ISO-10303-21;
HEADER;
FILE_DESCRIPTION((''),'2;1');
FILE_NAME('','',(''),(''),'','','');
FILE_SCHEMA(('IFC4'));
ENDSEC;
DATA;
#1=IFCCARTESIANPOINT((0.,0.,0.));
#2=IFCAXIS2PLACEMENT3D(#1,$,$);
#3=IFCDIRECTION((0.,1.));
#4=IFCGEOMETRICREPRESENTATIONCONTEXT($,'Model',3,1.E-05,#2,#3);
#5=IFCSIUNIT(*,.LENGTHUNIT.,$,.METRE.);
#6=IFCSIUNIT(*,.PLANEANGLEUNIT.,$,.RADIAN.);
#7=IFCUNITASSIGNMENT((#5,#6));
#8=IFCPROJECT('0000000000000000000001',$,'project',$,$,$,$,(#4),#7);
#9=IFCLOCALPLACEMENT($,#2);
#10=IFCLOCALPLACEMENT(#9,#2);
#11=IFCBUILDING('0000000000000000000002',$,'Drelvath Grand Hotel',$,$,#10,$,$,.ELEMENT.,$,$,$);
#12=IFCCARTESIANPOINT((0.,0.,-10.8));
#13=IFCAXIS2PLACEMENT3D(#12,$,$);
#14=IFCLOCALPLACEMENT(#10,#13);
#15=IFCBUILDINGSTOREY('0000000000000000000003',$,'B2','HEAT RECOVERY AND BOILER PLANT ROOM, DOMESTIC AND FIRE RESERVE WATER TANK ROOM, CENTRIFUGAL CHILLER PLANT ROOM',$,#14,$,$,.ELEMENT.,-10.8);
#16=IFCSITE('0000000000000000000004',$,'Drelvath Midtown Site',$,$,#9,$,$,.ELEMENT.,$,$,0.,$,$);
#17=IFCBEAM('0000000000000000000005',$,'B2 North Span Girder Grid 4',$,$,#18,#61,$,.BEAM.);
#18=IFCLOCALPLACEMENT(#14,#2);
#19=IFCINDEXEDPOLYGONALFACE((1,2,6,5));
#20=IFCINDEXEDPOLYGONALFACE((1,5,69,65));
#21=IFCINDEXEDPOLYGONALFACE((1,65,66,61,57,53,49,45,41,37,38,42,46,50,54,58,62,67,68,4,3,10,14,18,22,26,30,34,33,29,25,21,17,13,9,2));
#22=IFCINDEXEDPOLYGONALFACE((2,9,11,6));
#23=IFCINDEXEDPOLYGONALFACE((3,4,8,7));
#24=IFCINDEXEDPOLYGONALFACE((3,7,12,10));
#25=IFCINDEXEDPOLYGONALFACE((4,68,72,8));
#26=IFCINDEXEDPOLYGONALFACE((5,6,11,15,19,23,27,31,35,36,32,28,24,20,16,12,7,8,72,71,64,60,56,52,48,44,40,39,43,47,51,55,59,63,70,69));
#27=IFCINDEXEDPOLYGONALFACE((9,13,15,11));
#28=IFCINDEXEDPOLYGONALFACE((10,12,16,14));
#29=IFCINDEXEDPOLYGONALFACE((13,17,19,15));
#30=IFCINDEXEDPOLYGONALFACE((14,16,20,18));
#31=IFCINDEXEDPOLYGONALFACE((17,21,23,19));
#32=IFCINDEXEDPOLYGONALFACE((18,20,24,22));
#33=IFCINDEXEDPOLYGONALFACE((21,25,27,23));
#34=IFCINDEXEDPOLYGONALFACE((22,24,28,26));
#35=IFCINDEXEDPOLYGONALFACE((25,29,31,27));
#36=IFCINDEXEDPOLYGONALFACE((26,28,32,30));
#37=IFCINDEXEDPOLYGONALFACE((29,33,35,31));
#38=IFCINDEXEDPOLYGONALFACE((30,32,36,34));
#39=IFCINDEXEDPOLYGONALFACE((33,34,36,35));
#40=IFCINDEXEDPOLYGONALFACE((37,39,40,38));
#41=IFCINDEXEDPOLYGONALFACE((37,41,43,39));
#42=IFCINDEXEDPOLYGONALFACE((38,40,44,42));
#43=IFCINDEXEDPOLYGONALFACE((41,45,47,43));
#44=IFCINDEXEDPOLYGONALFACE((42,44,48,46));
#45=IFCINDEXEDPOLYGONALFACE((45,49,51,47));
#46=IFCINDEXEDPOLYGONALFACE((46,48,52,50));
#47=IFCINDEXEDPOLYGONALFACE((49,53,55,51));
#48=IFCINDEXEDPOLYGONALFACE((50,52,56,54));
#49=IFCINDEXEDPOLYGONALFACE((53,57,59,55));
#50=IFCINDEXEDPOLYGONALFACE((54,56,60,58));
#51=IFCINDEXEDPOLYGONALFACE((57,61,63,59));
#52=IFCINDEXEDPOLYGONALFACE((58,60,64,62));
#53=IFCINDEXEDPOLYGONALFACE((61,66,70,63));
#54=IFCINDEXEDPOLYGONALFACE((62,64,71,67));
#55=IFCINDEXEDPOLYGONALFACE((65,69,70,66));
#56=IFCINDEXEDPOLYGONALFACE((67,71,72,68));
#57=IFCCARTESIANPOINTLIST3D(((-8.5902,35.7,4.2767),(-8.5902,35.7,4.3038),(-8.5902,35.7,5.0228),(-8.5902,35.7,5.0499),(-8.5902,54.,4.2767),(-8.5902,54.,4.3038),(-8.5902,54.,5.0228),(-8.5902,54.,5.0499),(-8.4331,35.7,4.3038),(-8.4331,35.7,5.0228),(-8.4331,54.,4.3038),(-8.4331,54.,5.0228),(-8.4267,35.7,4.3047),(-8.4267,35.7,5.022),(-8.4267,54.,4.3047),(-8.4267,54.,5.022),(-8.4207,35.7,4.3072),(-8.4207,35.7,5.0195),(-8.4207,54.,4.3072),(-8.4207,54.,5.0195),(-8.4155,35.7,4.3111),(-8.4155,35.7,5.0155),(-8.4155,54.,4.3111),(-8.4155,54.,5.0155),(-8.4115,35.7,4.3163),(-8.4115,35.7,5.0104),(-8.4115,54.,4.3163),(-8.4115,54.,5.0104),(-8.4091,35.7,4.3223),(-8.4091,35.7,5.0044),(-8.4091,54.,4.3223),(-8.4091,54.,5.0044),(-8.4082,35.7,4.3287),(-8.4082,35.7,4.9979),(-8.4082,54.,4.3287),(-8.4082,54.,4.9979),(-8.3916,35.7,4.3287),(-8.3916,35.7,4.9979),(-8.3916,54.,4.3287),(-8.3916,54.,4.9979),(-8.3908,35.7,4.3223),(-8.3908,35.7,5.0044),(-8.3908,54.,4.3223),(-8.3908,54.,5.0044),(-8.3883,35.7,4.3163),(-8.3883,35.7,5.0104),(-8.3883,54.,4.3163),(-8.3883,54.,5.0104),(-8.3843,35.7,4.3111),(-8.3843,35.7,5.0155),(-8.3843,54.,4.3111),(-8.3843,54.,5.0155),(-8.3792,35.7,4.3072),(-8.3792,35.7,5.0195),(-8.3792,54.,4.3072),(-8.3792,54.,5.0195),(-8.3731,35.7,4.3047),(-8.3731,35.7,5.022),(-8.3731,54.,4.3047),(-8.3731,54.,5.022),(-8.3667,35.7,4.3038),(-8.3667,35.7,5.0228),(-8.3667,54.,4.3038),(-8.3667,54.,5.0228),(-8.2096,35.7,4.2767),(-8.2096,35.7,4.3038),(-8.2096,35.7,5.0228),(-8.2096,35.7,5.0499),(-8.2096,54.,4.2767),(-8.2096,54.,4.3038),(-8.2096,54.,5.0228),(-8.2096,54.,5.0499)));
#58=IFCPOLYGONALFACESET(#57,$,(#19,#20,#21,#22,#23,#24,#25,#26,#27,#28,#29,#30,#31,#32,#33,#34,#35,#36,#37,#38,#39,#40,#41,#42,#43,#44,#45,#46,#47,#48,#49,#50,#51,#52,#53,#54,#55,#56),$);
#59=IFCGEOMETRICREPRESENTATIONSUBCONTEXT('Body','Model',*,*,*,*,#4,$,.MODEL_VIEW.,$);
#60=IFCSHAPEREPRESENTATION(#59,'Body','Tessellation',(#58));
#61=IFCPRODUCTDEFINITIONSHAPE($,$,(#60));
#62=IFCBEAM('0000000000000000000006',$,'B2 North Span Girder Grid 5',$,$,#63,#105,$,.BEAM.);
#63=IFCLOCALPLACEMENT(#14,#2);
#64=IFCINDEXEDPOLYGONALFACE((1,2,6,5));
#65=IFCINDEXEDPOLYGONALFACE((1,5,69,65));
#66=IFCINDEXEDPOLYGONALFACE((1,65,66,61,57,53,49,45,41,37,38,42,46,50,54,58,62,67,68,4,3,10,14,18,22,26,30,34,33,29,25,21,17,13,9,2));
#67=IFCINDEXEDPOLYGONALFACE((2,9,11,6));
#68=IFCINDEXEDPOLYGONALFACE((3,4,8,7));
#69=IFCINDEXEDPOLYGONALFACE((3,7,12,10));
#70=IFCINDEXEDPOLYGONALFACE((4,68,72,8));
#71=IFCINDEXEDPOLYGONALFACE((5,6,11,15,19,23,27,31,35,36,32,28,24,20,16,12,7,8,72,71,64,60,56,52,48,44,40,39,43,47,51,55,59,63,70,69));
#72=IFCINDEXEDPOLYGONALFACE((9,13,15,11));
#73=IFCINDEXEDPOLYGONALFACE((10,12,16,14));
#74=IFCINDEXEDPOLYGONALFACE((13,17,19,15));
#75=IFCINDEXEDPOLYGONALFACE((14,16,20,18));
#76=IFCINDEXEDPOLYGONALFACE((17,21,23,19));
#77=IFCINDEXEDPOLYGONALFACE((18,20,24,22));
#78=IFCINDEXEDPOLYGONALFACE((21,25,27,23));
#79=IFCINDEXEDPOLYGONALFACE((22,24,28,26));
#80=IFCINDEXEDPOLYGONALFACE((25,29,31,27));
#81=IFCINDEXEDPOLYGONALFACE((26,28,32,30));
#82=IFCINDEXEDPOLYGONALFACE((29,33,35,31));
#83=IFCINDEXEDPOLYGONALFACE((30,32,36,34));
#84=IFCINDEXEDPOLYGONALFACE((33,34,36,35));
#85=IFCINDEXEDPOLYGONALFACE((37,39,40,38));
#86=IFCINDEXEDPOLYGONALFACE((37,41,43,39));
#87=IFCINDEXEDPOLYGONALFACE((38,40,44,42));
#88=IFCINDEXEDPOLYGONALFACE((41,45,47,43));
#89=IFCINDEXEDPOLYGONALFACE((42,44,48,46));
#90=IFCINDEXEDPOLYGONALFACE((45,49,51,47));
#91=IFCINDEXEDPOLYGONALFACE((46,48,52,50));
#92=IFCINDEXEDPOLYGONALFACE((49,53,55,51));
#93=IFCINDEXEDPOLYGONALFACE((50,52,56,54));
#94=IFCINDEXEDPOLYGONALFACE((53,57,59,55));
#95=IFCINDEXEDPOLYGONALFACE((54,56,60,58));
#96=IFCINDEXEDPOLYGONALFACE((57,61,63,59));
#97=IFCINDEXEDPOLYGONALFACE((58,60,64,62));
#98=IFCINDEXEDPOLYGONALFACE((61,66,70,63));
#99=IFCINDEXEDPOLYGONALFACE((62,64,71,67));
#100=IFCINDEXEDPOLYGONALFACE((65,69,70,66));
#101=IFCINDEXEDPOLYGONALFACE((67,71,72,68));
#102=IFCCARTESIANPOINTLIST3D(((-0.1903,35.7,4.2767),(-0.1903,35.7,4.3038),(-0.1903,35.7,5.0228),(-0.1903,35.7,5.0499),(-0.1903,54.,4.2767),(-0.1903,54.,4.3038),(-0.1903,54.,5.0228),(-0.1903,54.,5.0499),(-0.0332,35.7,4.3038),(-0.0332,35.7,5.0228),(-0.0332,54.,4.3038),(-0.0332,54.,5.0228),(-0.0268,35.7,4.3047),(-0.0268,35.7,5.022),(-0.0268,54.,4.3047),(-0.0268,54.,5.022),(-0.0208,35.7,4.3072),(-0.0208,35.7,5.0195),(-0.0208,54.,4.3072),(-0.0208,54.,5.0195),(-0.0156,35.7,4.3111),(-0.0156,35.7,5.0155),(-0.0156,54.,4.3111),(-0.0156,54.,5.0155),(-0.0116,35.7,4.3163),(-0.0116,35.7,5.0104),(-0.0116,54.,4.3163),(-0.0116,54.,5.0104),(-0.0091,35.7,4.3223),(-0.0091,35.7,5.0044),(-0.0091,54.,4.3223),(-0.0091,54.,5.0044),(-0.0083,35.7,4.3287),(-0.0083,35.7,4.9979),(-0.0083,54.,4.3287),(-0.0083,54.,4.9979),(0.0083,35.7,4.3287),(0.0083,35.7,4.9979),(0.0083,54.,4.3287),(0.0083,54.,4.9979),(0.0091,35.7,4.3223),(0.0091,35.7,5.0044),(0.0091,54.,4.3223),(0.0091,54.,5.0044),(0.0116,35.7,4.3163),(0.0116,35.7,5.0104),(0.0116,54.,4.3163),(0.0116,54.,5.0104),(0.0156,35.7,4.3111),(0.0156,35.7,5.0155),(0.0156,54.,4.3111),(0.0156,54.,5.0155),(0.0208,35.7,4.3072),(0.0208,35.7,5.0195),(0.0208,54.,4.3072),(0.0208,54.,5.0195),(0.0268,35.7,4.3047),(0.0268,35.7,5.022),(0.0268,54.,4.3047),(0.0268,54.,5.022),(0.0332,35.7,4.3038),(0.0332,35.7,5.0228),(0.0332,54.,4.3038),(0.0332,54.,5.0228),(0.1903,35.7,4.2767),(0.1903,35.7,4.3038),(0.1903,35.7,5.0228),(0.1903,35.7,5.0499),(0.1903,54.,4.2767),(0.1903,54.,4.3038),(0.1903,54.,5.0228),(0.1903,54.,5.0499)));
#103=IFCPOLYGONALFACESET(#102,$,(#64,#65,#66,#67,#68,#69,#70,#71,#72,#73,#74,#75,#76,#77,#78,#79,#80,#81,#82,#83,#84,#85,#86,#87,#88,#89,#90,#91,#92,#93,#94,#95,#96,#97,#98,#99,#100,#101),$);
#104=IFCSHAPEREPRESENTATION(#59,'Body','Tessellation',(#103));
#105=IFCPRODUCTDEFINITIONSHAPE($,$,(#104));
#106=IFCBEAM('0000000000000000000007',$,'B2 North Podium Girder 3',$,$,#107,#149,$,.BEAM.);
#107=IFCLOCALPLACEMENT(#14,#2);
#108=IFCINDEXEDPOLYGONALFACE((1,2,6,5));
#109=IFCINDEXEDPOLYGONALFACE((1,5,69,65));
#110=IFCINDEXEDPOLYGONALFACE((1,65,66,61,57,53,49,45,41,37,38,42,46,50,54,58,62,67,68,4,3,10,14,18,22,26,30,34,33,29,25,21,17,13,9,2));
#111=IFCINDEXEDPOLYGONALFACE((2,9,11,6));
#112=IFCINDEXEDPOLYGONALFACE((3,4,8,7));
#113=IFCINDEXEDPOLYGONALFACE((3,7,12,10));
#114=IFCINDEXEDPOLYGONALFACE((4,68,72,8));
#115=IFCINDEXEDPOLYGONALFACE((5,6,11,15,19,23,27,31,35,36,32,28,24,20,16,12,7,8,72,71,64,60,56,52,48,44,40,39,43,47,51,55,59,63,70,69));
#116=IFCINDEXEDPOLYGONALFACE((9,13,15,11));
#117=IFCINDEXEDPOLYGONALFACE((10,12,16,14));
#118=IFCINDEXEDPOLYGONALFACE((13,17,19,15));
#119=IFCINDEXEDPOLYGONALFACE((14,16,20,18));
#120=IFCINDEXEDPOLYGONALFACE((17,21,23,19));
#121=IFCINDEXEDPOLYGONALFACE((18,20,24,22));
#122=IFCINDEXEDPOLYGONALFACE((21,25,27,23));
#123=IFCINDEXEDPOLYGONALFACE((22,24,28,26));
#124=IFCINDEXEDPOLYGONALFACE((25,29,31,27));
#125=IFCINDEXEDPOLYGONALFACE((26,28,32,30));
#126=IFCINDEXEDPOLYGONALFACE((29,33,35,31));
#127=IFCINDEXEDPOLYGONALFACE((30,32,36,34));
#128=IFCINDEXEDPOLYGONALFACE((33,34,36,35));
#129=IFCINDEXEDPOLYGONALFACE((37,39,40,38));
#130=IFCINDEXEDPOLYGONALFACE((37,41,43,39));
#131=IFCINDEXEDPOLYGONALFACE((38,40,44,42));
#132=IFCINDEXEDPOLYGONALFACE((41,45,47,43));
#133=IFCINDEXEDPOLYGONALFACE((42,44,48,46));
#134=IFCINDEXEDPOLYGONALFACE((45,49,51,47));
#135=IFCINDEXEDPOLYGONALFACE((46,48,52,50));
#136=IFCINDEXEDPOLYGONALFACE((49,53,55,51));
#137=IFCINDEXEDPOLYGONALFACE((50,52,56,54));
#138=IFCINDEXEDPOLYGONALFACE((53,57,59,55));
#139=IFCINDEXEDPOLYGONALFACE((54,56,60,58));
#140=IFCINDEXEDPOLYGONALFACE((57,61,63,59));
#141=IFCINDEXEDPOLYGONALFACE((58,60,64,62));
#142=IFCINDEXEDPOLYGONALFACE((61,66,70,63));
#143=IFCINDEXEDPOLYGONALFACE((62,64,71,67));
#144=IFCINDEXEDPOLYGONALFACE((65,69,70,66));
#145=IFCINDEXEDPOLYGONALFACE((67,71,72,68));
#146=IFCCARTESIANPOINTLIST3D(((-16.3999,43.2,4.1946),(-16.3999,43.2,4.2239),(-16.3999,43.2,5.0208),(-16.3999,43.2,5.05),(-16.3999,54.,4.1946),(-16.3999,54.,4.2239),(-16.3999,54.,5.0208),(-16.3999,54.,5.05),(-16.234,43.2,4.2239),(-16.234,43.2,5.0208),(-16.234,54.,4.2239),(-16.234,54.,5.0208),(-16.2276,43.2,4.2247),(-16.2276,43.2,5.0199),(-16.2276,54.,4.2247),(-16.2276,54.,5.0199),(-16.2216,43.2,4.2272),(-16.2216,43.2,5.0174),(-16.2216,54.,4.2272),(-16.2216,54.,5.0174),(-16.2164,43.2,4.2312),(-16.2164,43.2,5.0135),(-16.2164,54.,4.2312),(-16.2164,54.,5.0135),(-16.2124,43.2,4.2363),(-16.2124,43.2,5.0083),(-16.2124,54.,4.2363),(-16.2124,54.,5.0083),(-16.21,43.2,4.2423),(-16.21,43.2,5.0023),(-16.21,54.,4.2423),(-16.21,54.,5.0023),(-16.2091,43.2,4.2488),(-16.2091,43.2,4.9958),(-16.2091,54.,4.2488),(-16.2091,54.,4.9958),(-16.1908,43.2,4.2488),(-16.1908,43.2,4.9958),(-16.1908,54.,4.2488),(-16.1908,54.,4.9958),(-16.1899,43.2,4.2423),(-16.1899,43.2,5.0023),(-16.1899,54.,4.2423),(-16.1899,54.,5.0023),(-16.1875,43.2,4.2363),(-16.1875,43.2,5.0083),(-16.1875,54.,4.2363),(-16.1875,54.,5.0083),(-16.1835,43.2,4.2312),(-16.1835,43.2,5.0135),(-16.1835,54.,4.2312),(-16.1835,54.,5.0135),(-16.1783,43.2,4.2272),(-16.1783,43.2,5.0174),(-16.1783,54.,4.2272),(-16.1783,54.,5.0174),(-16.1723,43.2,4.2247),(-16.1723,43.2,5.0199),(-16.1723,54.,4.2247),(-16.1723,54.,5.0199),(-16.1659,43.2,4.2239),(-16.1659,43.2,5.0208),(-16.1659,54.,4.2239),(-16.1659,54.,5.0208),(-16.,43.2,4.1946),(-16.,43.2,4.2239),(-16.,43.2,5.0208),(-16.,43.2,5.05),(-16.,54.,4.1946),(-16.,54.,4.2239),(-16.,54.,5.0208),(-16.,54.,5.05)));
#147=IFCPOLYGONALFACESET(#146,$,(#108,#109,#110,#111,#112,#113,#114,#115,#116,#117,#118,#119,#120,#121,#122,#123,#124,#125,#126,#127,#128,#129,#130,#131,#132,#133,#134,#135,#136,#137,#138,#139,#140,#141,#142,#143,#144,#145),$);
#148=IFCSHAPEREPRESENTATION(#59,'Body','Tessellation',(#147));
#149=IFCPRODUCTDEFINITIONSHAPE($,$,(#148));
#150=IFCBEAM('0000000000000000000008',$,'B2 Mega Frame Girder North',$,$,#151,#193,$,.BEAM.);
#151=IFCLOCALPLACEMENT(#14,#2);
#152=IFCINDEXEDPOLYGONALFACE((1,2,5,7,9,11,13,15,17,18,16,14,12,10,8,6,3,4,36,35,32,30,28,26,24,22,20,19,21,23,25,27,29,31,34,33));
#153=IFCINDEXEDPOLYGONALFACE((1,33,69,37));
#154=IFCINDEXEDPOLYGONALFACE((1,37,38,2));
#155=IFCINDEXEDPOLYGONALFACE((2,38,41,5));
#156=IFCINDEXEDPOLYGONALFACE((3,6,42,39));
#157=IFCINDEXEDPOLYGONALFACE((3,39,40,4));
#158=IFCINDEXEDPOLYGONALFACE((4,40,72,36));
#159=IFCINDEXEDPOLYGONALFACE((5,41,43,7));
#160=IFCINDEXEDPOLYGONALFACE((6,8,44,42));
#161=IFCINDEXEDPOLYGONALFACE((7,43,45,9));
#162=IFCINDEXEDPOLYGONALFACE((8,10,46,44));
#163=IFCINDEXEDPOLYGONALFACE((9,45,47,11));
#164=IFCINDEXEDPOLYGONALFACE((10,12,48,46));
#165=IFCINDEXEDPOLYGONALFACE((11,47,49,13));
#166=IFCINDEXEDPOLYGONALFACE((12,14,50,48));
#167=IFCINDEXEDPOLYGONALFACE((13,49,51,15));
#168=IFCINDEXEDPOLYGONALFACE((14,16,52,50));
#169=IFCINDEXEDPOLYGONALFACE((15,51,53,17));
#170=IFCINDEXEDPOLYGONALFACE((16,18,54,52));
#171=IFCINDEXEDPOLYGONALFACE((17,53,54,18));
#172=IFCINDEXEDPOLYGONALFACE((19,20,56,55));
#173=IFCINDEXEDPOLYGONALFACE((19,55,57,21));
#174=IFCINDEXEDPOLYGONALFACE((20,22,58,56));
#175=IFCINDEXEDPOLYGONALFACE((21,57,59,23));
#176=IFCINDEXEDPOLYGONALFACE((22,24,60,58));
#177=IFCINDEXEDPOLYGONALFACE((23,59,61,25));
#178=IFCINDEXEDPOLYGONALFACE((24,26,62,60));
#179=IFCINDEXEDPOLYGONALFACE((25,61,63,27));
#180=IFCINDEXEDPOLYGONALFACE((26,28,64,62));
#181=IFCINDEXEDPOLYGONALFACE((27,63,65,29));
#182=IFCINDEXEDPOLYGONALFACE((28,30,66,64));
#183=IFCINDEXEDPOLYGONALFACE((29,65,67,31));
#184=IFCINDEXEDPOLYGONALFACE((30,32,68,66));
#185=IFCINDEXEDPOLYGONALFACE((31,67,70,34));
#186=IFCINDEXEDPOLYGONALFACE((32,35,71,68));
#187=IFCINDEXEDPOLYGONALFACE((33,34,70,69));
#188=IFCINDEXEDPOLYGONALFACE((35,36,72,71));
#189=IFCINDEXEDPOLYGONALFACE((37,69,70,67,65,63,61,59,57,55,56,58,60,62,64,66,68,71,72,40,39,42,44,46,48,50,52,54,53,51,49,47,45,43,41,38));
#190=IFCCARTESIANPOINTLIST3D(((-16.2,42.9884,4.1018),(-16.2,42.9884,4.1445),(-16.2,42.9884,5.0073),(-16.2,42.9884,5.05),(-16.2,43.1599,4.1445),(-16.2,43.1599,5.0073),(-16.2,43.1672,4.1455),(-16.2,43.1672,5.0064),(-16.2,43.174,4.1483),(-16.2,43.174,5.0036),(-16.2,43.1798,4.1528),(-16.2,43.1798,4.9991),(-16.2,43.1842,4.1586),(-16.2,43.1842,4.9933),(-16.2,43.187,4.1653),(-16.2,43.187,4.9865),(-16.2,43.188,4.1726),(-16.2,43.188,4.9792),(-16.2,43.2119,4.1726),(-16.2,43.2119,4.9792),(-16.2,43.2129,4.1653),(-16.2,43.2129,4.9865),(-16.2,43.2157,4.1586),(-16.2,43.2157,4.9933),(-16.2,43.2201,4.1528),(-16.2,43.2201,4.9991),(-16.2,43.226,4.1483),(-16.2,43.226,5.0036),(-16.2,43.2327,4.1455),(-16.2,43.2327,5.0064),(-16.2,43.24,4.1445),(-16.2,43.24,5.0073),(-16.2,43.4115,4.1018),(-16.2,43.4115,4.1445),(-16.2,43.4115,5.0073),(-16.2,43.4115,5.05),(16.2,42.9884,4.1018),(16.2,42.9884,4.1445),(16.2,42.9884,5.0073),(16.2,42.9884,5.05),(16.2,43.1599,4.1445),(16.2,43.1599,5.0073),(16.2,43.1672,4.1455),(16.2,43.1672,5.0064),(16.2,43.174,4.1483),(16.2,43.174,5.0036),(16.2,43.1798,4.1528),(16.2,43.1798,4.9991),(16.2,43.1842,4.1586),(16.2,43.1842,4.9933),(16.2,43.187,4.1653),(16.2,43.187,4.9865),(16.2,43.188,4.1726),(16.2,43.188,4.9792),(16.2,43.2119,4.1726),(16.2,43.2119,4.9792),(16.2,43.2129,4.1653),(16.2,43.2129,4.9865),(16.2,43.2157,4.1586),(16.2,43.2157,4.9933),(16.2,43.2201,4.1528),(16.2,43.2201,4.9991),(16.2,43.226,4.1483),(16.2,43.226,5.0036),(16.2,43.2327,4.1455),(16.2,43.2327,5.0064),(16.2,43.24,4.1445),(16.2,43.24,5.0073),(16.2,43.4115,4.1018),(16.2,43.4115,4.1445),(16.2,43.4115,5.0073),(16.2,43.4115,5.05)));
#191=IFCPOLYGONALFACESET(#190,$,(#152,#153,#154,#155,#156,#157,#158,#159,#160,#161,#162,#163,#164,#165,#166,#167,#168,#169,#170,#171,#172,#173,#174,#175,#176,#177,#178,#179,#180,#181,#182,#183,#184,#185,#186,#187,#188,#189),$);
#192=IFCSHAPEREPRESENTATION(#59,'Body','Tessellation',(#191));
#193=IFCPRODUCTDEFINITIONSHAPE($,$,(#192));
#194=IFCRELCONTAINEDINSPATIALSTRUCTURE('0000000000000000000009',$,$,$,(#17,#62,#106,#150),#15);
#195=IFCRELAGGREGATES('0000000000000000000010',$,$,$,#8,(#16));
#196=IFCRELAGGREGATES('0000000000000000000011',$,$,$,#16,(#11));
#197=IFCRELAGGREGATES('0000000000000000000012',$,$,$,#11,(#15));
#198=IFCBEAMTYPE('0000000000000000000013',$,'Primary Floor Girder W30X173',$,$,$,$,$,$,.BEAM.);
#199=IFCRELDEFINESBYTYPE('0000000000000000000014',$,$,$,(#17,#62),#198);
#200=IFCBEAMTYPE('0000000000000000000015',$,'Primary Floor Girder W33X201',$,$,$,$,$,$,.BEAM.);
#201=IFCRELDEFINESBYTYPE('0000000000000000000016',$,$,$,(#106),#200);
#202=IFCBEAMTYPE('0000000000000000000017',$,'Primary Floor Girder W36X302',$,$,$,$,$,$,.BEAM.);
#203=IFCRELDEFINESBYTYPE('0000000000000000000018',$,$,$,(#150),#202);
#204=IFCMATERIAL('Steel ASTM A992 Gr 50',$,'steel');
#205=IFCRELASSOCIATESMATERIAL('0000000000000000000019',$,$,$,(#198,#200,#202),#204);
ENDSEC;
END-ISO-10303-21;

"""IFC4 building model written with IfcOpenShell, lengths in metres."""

from ifc_helpers import new_model, si_unit, direction, frame, origin, origin_2d, place, context, subcontext, project, spatial, i_section, extrude, material, material_profile, profile_set, type_object, element, save


model = new_model("IFC4")

# Units and contexts
model_context = context("Model", 3, precision=1e-05, world=origin(), true_north=direction((0.0, 1.0)))
body_context = subcontext(model_context, "Body", "Model", "MODEL_VIEW")
ifc_project = project(units=[si_unit("LENGTHUNIT", "METRE"), si_unit("PLANEANGLEUNIT", "RADIAN")], contexts=[model_context])

# Site, building, storey
site_placement = place(None, origin())
site = spatial("IfcSite", under=ifc_project, at=site_placement, Name="Drelvath Midtown Site", CompositionType="ELEMENT", RefElevation=0.0)
building_placement = place(site_placement, origin())
building = spatial("IfcBuilding", under=site, at=building_placement, Name="Drelvath Grand Hotel", CompositionType="ELEMENT")
storey_placement = place(building_placement, frame((0.0, 0.0, -10.8)))
storey = spatial("IfcBuildingStorey", under=building, at=storey_placement, Name="B2", Description="HEAT RECOVERY AND BOILER PLANT ROOM, DOMESTIC AND FIRE RESERVE WATER TANK ROOM, CENTRIFUGAL CHILLER PLANT ROOM", CompositionType="ELEMENT", Elevation=-10.8)

# Beams
ifc_material_1 = material(Name="Steel ASTM A992 Gr 50", Category="steel")
ifc_material_profile_1 = material_profile(ifc_material_1, i_section(OverallWidth=0.3806, OverallDepth=0.7732, WebThickness=0.0166, FlangeThickness=0.0271, FilletRadius=0.0249, at=origin_2d()), Name="W30X173")
ifc_profile_set_1 = profile_set([ifc_material_profile_1], Name="Steel ASTM A992 Gr 50")
beam_type_1 = type_object("IfcBeamType", Name="Primary Floor Girder W30X173", PredefinedType="BEAM", material=ifc_profile_set_1)
for number, where, z_axis, x_axis, name in (
    (1, (-8.3999, 35.7, 4.6633), (0.0, 1.0, 0.0), (-1.0, 0.0, 0.0), "B2 North Span Girder Grid 4"),
    (2, (0.0, 35.7, 4.6633), (0.0, 1.0, 0.0), (-1.0, 0.0, 0.0), "B2 North Span Girder Grid 5"),
):
    element("IfcBeam", number, at=place(storey_placement, frame(where, z_axis=z_axis, x_axis=x_axis)), inside=storey, type_object=beam_type_1, Name=name, PredefinedType="BEAM", context=body_context, shape_type="SweptSolid", body=[
        extrude(i_section(OverallWidth=0.3806, OverallDepth=0.7732, WebThickness=0.0166, FlangeThickness=0.0271, FilletRadius=0.0249, at=origin_2d()), origin(), (0.0, 0.0, 1.0), 18.3),
    ])
ifc_material_profile_2 = material_profile(ifc_material_1, i_section(OverallWidth=0.3999, OverallDepth=0.8555, WebThickness=0.0183, FlangeThickness=0.0293, FilletRadius=0.0249, at=origin_2d()), Name="W33X201")
ifc_profile_set_2 = profile_set([ifc_material_profile_2], Name="Steel ASTM A992 Gr 50")
beam_type_2 = type_object("IfcBeamType", Name="Primary Floor Girder W33X201", PredefinedType="BEAM", material=ifc_profile_set_2)
beam_1_placement = place(storey_placement, frame((-16.2, 43.2, 4.6223), z_axis=(0.0, 1.0, 0.0), x_axis=(-1.0, 0.0, 0.0)))
element("IfcBeam", 3, at=beam_1_placement, inside=storey, type_object=beam_type_2, Name="B2 North Podium Girder 3", PredefinedType="BEAM", context=body_context, shape_type="SweptSolid", body=[
    extrude(i_section(OverallWidth=0.3999, OverallDepth=0.8555, WebThickness=0.0183, FlangeThickness=0.0293, FilletRadius=0.0249, at=origin_2d()), origin(), (0.0, 0.0, 1.0), 10.8),
])
ifc_material_profile_3 = material_profile(ifc_material_1, i_section(OverallWidth=0.4231, OverallDepth=0.9482, WebThickness=0.0239, FlangeThickness=0.0427, FilletRadius=0.0281, at=origin_2d()), Name="W36X302")
ifc_profile_set_3 = profile_set([ifc_material_profile_3], Name="Steel ASTM A992 Gr 50")
beam_type_3 = type_object("IfcBeamType", Name="Primary Floor Girder W36X302", PredefinedType="BEAM", material=ifc_profile_set_3)
beam_2_placement = place(storey_placement, frame((-16.2, 43.2, 4.5759), z_axis=(1.0, 0.0, 0.0), x_axis=(0.0, 1.0, 0.0)))
element("IfcBeam", 4, at=beam_2_placement, inside=storey, type_object=beam_type_3, Name="B2 Mega Frame Girder North", PredefinedType="BEAM", context=body_context, shape_type="SweptSolid", body=[
    extrude(i_section(OverallWidth=0.4231, OverallDepth=0.9482, WebThickness=0.0239, FlangeThickness=0.0427, FilletRadius=0.0281, at=origin_2d()), origin(), (0.0, 0.0, 1.0), 32.3999),
])

save(model, "model.ifc")
